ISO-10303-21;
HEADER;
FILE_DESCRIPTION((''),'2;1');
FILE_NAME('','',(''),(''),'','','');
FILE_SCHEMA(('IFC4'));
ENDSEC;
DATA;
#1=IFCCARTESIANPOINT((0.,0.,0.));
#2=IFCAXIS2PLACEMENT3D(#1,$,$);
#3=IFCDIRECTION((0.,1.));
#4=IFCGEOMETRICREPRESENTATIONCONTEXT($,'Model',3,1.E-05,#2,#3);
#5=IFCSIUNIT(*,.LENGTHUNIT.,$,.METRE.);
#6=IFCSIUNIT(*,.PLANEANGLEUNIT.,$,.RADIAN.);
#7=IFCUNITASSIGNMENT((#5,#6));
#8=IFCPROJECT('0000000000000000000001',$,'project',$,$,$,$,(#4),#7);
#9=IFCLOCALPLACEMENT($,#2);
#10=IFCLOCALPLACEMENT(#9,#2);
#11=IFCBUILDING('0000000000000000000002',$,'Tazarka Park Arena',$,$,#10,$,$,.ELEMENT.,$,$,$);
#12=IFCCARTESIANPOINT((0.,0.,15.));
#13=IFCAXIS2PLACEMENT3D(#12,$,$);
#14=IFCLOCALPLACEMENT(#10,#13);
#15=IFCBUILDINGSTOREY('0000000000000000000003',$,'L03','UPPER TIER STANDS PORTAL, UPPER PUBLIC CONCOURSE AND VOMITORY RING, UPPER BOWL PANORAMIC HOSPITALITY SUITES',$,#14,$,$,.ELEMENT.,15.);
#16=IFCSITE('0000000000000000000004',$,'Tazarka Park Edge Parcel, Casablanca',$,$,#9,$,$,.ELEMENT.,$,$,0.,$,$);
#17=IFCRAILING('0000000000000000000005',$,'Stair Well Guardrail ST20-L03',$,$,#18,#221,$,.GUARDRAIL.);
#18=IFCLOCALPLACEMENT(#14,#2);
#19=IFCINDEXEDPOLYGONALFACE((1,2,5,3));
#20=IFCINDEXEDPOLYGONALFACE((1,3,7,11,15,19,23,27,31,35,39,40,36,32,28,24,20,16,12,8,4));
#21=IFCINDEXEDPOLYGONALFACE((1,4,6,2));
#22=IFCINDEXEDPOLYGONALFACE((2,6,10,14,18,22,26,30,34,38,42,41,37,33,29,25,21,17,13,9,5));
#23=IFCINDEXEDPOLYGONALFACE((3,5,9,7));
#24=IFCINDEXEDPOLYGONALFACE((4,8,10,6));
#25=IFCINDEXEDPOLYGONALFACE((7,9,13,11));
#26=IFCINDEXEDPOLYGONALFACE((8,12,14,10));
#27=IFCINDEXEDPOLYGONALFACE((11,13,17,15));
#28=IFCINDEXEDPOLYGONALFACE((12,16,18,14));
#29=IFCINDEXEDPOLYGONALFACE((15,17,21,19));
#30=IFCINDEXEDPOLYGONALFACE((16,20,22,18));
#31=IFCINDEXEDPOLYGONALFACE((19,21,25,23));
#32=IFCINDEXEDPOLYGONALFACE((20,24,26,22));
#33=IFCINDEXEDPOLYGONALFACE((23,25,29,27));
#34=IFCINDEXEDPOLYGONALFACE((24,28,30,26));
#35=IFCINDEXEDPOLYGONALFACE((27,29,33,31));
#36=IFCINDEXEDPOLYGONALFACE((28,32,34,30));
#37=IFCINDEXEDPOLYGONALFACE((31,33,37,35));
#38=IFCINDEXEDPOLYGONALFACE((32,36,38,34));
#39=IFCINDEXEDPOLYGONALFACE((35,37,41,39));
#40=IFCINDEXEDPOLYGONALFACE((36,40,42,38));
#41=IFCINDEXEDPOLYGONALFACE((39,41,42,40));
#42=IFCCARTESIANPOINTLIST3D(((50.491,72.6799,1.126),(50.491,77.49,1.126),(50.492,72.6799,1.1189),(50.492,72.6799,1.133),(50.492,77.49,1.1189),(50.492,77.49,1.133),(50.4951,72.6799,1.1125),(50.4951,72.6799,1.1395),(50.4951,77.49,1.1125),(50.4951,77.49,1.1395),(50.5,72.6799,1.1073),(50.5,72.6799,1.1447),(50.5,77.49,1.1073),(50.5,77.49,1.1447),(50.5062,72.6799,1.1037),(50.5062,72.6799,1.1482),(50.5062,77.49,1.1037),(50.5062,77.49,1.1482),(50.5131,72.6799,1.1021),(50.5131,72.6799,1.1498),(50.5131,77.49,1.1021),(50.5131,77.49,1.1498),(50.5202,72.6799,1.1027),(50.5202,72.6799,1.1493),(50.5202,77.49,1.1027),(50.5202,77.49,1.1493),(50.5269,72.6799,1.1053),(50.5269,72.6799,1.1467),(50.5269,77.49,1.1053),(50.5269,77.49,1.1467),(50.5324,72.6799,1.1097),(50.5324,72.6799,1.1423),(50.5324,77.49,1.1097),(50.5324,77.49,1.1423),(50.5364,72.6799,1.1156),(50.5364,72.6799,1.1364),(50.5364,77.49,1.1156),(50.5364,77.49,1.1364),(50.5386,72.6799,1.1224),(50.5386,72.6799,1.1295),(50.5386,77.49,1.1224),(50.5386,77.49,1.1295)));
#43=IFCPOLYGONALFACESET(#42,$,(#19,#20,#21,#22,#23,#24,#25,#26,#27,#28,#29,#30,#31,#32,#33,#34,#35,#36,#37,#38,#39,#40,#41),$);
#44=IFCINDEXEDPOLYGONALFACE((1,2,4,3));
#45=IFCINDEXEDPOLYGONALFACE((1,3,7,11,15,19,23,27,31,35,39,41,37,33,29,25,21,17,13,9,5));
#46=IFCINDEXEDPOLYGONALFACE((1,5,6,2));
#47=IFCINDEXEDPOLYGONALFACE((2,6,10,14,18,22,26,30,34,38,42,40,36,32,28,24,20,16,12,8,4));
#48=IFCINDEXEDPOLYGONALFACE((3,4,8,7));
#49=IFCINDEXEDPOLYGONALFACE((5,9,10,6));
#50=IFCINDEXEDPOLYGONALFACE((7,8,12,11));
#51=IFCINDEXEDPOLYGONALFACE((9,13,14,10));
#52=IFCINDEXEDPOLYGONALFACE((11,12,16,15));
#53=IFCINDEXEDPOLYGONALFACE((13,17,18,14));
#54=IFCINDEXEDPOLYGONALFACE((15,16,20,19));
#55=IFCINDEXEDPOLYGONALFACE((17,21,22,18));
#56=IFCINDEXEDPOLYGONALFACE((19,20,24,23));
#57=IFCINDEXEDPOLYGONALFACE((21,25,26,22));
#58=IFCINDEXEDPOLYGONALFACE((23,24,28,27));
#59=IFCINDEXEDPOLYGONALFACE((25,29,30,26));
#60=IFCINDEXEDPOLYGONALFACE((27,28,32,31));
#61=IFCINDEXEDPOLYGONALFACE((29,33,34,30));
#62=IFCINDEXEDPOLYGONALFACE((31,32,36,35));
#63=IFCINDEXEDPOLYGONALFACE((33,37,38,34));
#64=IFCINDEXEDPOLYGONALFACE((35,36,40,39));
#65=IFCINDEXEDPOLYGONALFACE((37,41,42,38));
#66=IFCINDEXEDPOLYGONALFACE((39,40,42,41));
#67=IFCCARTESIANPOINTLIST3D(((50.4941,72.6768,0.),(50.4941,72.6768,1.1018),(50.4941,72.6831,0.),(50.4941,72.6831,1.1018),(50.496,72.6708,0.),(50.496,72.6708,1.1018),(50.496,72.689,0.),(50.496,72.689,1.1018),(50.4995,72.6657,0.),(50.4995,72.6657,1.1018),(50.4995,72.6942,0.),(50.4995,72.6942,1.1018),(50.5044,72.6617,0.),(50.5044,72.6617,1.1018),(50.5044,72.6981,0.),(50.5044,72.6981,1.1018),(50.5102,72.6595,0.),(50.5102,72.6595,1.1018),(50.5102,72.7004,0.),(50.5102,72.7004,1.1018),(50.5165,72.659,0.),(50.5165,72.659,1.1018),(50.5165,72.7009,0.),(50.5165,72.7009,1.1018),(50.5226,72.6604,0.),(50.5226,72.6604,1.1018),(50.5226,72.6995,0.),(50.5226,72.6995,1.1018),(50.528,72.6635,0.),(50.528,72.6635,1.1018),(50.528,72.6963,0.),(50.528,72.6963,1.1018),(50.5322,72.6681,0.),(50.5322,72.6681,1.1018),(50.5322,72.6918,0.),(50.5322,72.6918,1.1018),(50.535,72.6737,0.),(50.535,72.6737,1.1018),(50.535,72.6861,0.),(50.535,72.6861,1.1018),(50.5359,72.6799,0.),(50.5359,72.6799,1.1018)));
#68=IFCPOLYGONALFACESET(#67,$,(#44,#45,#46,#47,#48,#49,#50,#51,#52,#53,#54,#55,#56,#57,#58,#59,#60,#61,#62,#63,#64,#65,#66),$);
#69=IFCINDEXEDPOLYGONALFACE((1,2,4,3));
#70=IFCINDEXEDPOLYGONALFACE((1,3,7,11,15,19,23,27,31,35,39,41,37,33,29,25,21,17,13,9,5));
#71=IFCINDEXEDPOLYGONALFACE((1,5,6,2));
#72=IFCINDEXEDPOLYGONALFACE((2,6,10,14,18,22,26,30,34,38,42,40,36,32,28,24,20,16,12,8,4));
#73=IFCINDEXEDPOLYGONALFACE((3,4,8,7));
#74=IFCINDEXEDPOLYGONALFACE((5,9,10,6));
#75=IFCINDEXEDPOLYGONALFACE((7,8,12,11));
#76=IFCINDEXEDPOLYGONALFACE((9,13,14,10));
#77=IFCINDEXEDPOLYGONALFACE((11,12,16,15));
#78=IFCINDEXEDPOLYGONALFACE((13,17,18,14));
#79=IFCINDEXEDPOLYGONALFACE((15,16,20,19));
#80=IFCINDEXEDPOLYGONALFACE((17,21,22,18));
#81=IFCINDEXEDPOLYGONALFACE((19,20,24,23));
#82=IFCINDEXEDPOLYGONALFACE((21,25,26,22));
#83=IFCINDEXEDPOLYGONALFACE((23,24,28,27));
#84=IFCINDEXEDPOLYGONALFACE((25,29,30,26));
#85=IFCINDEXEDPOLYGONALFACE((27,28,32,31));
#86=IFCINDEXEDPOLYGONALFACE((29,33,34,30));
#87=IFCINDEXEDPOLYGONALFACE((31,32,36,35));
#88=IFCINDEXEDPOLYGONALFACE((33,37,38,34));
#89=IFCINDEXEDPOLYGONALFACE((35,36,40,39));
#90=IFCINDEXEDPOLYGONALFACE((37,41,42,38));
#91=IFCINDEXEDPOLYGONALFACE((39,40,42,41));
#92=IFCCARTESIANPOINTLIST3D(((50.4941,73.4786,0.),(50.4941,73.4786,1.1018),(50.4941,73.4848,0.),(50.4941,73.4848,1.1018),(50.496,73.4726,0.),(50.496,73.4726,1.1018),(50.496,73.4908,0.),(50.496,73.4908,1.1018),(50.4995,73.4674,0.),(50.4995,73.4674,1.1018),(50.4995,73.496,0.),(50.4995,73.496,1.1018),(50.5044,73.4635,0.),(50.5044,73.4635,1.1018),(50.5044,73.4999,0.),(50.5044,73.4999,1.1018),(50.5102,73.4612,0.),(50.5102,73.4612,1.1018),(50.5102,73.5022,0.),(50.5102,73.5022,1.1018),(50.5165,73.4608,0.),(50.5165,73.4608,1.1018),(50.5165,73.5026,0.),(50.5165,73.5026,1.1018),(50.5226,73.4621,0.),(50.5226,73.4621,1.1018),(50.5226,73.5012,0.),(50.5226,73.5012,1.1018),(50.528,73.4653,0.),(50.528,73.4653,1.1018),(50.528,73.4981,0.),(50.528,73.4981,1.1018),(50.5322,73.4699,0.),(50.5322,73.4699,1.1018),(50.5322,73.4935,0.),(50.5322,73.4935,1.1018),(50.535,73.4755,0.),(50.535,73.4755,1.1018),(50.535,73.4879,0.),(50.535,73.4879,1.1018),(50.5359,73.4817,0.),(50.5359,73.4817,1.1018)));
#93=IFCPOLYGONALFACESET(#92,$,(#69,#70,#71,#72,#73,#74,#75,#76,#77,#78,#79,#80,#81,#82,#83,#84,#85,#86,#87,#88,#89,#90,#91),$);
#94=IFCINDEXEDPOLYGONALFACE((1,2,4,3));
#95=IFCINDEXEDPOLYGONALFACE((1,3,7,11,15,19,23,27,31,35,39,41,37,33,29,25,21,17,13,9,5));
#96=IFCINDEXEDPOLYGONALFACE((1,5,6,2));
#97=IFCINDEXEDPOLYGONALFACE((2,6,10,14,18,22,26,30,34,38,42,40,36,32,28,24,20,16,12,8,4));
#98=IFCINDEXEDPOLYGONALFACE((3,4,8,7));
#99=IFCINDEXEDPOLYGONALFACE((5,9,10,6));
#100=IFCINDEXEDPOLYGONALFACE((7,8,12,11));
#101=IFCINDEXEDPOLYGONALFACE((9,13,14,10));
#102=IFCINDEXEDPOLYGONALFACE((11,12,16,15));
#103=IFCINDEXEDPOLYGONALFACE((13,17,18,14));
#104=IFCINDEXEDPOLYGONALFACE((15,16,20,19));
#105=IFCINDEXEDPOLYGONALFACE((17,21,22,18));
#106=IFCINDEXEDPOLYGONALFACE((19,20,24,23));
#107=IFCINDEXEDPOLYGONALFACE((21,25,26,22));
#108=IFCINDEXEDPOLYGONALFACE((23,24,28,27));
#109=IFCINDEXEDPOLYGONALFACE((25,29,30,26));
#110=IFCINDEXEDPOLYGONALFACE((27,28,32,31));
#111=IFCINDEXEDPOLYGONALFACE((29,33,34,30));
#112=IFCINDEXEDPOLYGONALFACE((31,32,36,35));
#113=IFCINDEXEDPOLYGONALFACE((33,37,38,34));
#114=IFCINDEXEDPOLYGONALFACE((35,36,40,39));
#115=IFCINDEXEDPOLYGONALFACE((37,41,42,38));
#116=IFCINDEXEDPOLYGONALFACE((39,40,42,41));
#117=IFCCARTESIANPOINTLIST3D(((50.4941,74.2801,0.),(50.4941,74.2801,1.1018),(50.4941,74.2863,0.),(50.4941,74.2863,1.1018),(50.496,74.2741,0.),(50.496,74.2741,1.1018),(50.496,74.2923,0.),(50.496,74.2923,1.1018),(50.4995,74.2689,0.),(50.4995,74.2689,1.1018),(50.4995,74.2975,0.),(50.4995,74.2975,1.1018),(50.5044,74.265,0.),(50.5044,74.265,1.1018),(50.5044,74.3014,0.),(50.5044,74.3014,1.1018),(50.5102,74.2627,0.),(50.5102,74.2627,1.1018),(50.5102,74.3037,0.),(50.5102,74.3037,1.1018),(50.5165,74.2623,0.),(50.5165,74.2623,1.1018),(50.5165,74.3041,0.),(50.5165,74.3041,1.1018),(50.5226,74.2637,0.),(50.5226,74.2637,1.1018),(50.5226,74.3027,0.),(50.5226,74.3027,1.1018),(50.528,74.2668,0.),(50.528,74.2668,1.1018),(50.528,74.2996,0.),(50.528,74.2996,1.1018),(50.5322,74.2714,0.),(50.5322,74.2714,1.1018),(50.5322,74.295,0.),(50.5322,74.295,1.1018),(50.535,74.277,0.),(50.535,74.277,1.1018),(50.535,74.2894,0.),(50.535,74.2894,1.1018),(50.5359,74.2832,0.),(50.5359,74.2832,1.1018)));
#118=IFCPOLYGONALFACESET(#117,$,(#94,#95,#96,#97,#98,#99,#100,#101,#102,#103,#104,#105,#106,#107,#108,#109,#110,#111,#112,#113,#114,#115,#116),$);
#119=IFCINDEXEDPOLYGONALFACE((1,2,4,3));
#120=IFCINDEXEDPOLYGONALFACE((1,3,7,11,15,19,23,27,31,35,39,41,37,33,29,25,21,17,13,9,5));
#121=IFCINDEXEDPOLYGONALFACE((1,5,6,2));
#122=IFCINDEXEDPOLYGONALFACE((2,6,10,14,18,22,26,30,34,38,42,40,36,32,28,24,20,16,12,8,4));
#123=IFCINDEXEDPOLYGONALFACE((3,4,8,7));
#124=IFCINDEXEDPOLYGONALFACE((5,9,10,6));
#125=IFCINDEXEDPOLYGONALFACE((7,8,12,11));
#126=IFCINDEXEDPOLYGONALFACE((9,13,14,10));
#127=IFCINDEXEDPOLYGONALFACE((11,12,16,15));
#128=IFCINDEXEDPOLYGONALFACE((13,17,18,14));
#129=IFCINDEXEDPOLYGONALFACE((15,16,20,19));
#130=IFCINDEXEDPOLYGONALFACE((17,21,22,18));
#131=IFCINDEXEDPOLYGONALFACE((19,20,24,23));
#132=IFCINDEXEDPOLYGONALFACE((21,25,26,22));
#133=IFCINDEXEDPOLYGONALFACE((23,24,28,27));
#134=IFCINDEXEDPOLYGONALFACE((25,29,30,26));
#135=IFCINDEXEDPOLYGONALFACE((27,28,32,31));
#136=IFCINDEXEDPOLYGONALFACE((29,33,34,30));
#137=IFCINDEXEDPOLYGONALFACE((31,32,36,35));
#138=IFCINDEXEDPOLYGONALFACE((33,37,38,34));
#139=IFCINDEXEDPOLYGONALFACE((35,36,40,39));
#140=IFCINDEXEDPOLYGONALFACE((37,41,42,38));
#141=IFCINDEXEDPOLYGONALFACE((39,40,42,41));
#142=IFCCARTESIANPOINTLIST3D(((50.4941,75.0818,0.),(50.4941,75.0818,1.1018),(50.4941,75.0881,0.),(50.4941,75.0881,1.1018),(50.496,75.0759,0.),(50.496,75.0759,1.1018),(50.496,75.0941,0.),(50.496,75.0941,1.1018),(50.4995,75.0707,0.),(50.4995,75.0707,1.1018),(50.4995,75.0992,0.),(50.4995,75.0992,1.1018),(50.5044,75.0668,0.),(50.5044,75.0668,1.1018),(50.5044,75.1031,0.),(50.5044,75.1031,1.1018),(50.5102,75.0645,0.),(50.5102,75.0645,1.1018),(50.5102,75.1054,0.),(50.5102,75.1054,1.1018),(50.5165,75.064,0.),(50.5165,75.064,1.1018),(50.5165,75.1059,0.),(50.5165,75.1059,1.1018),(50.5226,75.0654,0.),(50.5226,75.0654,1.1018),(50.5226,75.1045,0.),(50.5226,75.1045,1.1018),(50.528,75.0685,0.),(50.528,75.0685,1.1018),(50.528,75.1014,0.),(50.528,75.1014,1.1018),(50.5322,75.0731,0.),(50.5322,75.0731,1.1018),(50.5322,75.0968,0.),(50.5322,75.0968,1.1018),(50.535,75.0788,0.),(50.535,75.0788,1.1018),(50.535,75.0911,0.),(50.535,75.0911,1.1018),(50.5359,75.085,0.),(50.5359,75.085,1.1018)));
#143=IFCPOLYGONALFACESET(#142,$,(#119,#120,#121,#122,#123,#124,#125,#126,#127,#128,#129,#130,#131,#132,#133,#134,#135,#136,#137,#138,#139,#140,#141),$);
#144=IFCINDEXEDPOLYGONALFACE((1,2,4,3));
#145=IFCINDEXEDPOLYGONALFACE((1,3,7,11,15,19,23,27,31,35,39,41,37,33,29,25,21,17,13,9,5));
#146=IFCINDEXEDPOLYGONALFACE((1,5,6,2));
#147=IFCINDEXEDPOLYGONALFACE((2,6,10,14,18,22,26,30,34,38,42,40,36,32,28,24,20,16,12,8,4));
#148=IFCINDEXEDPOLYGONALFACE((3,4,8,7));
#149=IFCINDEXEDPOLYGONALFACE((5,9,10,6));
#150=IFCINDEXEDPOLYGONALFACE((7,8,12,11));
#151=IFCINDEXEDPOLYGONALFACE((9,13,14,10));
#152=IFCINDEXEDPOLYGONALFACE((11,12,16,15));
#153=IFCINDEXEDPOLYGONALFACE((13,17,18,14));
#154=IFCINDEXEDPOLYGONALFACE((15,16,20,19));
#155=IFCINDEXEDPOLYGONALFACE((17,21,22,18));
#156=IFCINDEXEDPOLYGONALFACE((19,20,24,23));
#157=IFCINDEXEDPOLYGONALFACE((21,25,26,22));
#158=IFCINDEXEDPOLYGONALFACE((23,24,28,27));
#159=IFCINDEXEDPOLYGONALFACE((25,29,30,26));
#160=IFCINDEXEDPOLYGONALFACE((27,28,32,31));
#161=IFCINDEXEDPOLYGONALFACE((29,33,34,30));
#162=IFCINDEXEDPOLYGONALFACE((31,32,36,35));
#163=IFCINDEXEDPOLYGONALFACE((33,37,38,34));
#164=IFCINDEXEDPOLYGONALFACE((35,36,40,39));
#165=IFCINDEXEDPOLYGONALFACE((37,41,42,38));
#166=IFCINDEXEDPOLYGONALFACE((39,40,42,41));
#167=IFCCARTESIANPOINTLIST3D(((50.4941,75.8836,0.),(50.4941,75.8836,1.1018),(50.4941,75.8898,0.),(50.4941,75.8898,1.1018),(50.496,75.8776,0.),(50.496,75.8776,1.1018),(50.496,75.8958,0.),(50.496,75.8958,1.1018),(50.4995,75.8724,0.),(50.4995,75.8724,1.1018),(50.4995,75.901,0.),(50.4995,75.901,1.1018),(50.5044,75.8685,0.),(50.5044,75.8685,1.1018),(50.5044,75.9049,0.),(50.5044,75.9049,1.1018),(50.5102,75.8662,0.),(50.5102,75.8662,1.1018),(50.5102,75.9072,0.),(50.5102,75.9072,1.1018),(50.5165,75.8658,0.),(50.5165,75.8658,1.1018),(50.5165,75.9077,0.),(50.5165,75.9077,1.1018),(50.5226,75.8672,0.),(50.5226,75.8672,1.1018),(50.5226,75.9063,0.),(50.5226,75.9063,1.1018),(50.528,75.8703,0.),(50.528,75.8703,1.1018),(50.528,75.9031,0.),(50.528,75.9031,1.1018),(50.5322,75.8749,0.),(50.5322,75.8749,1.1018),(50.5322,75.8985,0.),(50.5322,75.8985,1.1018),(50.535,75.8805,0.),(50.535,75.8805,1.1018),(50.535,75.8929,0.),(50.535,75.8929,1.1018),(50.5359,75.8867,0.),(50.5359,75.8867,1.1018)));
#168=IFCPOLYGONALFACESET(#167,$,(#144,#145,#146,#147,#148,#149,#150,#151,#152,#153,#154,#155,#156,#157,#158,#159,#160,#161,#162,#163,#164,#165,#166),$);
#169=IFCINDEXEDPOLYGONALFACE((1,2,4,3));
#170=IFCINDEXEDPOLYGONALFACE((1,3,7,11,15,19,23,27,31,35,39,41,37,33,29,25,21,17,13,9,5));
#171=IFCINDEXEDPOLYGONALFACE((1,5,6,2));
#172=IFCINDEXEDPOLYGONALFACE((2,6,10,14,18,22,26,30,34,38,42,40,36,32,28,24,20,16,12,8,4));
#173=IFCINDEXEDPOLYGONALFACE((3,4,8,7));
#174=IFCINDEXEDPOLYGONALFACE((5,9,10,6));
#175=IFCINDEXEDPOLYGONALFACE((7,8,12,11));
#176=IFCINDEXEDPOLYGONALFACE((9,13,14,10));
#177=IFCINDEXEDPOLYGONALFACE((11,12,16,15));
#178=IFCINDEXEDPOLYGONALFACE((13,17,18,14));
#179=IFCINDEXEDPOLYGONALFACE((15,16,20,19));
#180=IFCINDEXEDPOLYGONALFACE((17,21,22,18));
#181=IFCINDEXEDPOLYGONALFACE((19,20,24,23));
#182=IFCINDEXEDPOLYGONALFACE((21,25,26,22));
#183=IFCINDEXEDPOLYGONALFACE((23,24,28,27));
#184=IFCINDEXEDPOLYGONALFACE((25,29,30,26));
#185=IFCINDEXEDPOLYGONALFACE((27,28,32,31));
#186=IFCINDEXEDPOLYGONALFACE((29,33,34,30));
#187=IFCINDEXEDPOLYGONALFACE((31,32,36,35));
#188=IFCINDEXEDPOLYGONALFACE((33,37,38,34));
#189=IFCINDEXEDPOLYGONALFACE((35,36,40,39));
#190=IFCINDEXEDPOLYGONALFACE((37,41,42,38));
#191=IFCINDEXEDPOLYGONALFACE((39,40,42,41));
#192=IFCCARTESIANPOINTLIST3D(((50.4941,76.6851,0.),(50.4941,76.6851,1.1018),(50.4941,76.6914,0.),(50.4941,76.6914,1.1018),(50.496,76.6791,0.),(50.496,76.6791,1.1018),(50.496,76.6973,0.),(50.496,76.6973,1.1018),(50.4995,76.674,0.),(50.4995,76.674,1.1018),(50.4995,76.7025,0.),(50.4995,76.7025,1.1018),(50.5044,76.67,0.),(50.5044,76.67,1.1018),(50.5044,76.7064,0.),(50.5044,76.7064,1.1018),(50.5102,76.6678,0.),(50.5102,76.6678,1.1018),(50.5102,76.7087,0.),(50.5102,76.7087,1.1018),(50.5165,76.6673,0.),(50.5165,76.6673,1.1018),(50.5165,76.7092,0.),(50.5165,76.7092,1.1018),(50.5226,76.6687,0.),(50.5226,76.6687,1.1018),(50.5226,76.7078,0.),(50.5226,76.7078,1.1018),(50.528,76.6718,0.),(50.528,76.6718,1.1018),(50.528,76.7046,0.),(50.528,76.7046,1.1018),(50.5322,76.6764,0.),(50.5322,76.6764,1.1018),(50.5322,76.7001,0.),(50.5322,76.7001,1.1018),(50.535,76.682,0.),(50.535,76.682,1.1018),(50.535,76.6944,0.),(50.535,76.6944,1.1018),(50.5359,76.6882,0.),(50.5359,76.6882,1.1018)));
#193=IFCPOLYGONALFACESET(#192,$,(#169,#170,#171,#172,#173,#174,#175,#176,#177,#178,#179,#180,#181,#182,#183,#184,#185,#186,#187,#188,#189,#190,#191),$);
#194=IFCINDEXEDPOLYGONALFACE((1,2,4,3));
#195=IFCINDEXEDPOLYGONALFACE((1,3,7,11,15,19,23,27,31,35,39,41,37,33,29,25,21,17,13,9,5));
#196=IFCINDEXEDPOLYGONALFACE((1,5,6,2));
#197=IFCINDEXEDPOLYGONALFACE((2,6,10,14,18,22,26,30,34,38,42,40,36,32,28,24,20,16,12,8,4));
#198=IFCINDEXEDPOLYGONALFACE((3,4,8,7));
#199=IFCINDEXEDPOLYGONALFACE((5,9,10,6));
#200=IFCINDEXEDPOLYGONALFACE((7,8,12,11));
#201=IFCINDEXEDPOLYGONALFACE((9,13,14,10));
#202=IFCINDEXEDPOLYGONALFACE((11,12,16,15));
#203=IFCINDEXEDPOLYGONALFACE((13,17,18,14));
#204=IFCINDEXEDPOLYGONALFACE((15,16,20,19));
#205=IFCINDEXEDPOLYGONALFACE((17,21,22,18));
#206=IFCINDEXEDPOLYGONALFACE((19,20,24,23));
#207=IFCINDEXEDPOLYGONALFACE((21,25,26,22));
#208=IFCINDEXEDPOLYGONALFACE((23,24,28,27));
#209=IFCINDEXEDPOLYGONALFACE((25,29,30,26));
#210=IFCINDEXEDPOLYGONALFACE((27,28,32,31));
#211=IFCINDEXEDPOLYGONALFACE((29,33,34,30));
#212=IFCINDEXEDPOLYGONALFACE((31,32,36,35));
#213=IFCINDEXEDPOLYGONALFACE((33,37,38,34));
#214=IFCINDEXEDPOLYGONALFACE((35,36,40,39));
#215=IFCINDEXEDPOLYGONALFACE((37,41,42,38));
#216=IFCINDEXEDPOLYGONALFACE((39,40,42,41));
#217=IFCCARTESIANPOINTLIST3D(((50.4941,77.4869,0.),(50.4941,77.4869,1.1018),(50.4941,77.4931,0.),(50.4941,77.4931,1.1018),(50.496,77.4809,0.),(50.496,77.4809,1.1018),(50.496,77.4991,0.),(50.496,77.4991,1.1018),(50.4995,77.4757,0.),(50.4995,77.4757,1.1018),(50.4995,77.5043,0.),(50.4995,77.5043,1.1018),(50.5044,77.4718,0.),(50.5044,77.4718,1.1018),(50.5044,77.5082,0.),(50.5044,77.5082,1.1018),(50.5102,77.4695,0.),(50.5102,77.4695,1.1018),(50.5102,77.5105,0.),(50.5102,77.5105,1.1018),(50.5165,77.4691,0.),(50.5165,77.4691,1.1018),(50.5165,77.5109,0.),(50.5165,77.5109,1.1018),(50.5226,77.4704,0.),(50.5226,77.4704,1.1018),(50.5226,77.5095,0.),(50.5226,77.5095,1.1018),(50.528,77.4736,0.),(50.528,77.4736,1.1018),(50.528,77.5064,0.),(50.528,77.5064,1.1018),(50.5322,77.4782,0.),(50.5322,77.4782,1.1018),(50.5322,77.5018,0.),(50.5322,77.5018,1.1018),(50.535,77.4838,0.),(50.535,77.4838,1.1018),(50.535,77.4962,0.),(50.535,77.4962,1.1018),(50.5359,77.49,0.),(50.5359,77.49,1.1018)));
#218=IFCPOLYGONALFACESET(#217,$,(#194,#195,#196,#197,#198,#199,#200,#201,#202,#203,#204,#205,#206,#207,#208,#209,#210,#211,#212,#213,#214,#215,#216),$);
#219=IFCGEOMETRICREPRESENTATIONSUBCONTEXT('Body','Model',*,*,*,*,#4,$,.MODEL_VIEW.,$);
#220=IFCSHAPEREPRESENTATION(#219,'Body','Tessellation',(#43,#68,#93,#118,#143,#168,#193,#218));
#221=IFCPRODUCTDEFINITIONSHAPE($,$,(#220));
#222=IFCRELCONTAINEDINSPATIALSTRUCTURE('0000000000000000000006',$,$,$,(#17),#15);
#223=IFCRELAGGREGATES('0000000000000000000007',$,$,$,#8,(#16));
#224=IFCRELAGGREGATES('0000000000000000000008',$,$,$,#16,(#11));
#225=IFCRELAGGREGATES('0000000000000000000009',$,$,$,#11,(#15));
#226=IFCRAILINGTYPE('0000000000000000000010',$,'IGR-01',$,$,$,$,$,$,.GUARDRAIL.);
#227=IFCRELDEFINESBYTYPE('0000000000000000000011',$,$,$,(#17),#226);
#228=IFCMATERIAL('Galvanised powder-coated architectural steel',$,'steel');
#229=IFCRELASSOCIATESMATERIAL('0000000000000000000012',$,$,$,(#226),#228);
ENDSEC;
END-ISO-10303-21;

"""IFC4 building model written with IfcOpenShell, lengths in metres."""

from ifc_helpers import new_model, si_unit, direction, frame, origin, origin_2d, place, context, subcontext, project, spatial, circle, extrude, material, type_object, element, save


model = new_model("IFC4")

# Units and contexts
model_context = context("Model", 3, precision=1e-05, world=origin(), true_north=direction((0.0, 1.0)))
body_context = subcontext(model_context, "Body", "Model", "MODEL_VIEW")
ifc_project = project(units=[si_unit("LENGTHUNIT", "METRE"), si_unit("PLANEANGLEUNIT", "RADIAN")], contexts=[model_context])

# Site, building, storey
site_placement = place(None, origin())
site = spatial("IfcSite", under=ifc_project, at=site_placement, Name="Tazarka Park Edge Parcel, Casablanca", CompositionType="ELEMENT", RefElevation=0.0)
building_placement = place(site_placement, origin())
building = spatial("IfcBuilding", under=site, at=building_placement, Name="Tazarka Park Arena", CompositionType="ELEMENT")
storey_placement = place(building_placement, frame((0.0, 0.0, 15.0)))
storey = spatial("IfcBuildingStorey", under=building, at=storey_placement, Name="L03", Description="UPPER TIER STANDS PORTAL, UPPER PUBLIC CONCOURSE AND VOMITORY RING, UPPER BOWL PANORAMIC HOSPITALITY SUITES", CompositionType="ELEMENT", Elevation=15.0)

# Railing
ifc_material_1 = material(Name="Galvanised powder-coated architectural steel", Category="steel")
railing_type = type_object("IfcRailingType", Name="IGR-01", PredefinedType="GUARDRAIL", material=ifc_material_1)
railing_1_placement = place(storey_placement, frame((50.5149, 72.6799, 0.0)))
element("IfcRailing", 1, at=railing_1_placement, inside=storey, type_object=railing_type, Name="Stair Well Guardrail ST20-L03", PredefinedType="GUARDRAIL", context=body_context, shape_type="SweptSolid", body=[
    extrude(circle(Radius=0.0239, at=origin_2d()), frame((0.0, 0.0, 1.126), z_axis=(0.0, 1.0, 0.0), x_axis=(-1.0, 0.0, 0.0)), (0.0, 0.0, 1.0), 4.8101),
    extrude(circle(Radius=0.021, at=origin_2d()), origin(), (0.0, 0.0, 1.0), 1.1018),
    extrude(circle(Radius=0.021, at=origin_2d()), frame((0.0, 0.8018, 0.0)), (0.0, 0.0, 1.0), 1.1018),
    extrude(circle(Radius=0.021, at=origin_2d()), frame((0.0, 1.6033, 0.0)), (0.0, 0.0, 1.0), 1.1018),
    extrude(circle(Radius=0.021, at=origin_2d()), frame((0.0, 2.405, 0.0)), (0.0, 0.0, 1.0), 1.1018),
    extrude(circle(Radius=0.021, at=origin_2d()), frame((0.0, 3.2068, 0.0)), (0.0, 0.0, 1.0), 1.1018),
    extrude(circle(Radius=0.021, at=origin_2d()), frame((0.0, 4.0083, 0.0)), (0.0, 0.0, 1.0), 1.1018),
    extrude(circle(Radius=0.021, at=origin_2d()), frame((0.0, 4.8101, 0.0)), (0.0, 0.0, 1.0), 1.1018),
])

save(model, "model.ifc")
